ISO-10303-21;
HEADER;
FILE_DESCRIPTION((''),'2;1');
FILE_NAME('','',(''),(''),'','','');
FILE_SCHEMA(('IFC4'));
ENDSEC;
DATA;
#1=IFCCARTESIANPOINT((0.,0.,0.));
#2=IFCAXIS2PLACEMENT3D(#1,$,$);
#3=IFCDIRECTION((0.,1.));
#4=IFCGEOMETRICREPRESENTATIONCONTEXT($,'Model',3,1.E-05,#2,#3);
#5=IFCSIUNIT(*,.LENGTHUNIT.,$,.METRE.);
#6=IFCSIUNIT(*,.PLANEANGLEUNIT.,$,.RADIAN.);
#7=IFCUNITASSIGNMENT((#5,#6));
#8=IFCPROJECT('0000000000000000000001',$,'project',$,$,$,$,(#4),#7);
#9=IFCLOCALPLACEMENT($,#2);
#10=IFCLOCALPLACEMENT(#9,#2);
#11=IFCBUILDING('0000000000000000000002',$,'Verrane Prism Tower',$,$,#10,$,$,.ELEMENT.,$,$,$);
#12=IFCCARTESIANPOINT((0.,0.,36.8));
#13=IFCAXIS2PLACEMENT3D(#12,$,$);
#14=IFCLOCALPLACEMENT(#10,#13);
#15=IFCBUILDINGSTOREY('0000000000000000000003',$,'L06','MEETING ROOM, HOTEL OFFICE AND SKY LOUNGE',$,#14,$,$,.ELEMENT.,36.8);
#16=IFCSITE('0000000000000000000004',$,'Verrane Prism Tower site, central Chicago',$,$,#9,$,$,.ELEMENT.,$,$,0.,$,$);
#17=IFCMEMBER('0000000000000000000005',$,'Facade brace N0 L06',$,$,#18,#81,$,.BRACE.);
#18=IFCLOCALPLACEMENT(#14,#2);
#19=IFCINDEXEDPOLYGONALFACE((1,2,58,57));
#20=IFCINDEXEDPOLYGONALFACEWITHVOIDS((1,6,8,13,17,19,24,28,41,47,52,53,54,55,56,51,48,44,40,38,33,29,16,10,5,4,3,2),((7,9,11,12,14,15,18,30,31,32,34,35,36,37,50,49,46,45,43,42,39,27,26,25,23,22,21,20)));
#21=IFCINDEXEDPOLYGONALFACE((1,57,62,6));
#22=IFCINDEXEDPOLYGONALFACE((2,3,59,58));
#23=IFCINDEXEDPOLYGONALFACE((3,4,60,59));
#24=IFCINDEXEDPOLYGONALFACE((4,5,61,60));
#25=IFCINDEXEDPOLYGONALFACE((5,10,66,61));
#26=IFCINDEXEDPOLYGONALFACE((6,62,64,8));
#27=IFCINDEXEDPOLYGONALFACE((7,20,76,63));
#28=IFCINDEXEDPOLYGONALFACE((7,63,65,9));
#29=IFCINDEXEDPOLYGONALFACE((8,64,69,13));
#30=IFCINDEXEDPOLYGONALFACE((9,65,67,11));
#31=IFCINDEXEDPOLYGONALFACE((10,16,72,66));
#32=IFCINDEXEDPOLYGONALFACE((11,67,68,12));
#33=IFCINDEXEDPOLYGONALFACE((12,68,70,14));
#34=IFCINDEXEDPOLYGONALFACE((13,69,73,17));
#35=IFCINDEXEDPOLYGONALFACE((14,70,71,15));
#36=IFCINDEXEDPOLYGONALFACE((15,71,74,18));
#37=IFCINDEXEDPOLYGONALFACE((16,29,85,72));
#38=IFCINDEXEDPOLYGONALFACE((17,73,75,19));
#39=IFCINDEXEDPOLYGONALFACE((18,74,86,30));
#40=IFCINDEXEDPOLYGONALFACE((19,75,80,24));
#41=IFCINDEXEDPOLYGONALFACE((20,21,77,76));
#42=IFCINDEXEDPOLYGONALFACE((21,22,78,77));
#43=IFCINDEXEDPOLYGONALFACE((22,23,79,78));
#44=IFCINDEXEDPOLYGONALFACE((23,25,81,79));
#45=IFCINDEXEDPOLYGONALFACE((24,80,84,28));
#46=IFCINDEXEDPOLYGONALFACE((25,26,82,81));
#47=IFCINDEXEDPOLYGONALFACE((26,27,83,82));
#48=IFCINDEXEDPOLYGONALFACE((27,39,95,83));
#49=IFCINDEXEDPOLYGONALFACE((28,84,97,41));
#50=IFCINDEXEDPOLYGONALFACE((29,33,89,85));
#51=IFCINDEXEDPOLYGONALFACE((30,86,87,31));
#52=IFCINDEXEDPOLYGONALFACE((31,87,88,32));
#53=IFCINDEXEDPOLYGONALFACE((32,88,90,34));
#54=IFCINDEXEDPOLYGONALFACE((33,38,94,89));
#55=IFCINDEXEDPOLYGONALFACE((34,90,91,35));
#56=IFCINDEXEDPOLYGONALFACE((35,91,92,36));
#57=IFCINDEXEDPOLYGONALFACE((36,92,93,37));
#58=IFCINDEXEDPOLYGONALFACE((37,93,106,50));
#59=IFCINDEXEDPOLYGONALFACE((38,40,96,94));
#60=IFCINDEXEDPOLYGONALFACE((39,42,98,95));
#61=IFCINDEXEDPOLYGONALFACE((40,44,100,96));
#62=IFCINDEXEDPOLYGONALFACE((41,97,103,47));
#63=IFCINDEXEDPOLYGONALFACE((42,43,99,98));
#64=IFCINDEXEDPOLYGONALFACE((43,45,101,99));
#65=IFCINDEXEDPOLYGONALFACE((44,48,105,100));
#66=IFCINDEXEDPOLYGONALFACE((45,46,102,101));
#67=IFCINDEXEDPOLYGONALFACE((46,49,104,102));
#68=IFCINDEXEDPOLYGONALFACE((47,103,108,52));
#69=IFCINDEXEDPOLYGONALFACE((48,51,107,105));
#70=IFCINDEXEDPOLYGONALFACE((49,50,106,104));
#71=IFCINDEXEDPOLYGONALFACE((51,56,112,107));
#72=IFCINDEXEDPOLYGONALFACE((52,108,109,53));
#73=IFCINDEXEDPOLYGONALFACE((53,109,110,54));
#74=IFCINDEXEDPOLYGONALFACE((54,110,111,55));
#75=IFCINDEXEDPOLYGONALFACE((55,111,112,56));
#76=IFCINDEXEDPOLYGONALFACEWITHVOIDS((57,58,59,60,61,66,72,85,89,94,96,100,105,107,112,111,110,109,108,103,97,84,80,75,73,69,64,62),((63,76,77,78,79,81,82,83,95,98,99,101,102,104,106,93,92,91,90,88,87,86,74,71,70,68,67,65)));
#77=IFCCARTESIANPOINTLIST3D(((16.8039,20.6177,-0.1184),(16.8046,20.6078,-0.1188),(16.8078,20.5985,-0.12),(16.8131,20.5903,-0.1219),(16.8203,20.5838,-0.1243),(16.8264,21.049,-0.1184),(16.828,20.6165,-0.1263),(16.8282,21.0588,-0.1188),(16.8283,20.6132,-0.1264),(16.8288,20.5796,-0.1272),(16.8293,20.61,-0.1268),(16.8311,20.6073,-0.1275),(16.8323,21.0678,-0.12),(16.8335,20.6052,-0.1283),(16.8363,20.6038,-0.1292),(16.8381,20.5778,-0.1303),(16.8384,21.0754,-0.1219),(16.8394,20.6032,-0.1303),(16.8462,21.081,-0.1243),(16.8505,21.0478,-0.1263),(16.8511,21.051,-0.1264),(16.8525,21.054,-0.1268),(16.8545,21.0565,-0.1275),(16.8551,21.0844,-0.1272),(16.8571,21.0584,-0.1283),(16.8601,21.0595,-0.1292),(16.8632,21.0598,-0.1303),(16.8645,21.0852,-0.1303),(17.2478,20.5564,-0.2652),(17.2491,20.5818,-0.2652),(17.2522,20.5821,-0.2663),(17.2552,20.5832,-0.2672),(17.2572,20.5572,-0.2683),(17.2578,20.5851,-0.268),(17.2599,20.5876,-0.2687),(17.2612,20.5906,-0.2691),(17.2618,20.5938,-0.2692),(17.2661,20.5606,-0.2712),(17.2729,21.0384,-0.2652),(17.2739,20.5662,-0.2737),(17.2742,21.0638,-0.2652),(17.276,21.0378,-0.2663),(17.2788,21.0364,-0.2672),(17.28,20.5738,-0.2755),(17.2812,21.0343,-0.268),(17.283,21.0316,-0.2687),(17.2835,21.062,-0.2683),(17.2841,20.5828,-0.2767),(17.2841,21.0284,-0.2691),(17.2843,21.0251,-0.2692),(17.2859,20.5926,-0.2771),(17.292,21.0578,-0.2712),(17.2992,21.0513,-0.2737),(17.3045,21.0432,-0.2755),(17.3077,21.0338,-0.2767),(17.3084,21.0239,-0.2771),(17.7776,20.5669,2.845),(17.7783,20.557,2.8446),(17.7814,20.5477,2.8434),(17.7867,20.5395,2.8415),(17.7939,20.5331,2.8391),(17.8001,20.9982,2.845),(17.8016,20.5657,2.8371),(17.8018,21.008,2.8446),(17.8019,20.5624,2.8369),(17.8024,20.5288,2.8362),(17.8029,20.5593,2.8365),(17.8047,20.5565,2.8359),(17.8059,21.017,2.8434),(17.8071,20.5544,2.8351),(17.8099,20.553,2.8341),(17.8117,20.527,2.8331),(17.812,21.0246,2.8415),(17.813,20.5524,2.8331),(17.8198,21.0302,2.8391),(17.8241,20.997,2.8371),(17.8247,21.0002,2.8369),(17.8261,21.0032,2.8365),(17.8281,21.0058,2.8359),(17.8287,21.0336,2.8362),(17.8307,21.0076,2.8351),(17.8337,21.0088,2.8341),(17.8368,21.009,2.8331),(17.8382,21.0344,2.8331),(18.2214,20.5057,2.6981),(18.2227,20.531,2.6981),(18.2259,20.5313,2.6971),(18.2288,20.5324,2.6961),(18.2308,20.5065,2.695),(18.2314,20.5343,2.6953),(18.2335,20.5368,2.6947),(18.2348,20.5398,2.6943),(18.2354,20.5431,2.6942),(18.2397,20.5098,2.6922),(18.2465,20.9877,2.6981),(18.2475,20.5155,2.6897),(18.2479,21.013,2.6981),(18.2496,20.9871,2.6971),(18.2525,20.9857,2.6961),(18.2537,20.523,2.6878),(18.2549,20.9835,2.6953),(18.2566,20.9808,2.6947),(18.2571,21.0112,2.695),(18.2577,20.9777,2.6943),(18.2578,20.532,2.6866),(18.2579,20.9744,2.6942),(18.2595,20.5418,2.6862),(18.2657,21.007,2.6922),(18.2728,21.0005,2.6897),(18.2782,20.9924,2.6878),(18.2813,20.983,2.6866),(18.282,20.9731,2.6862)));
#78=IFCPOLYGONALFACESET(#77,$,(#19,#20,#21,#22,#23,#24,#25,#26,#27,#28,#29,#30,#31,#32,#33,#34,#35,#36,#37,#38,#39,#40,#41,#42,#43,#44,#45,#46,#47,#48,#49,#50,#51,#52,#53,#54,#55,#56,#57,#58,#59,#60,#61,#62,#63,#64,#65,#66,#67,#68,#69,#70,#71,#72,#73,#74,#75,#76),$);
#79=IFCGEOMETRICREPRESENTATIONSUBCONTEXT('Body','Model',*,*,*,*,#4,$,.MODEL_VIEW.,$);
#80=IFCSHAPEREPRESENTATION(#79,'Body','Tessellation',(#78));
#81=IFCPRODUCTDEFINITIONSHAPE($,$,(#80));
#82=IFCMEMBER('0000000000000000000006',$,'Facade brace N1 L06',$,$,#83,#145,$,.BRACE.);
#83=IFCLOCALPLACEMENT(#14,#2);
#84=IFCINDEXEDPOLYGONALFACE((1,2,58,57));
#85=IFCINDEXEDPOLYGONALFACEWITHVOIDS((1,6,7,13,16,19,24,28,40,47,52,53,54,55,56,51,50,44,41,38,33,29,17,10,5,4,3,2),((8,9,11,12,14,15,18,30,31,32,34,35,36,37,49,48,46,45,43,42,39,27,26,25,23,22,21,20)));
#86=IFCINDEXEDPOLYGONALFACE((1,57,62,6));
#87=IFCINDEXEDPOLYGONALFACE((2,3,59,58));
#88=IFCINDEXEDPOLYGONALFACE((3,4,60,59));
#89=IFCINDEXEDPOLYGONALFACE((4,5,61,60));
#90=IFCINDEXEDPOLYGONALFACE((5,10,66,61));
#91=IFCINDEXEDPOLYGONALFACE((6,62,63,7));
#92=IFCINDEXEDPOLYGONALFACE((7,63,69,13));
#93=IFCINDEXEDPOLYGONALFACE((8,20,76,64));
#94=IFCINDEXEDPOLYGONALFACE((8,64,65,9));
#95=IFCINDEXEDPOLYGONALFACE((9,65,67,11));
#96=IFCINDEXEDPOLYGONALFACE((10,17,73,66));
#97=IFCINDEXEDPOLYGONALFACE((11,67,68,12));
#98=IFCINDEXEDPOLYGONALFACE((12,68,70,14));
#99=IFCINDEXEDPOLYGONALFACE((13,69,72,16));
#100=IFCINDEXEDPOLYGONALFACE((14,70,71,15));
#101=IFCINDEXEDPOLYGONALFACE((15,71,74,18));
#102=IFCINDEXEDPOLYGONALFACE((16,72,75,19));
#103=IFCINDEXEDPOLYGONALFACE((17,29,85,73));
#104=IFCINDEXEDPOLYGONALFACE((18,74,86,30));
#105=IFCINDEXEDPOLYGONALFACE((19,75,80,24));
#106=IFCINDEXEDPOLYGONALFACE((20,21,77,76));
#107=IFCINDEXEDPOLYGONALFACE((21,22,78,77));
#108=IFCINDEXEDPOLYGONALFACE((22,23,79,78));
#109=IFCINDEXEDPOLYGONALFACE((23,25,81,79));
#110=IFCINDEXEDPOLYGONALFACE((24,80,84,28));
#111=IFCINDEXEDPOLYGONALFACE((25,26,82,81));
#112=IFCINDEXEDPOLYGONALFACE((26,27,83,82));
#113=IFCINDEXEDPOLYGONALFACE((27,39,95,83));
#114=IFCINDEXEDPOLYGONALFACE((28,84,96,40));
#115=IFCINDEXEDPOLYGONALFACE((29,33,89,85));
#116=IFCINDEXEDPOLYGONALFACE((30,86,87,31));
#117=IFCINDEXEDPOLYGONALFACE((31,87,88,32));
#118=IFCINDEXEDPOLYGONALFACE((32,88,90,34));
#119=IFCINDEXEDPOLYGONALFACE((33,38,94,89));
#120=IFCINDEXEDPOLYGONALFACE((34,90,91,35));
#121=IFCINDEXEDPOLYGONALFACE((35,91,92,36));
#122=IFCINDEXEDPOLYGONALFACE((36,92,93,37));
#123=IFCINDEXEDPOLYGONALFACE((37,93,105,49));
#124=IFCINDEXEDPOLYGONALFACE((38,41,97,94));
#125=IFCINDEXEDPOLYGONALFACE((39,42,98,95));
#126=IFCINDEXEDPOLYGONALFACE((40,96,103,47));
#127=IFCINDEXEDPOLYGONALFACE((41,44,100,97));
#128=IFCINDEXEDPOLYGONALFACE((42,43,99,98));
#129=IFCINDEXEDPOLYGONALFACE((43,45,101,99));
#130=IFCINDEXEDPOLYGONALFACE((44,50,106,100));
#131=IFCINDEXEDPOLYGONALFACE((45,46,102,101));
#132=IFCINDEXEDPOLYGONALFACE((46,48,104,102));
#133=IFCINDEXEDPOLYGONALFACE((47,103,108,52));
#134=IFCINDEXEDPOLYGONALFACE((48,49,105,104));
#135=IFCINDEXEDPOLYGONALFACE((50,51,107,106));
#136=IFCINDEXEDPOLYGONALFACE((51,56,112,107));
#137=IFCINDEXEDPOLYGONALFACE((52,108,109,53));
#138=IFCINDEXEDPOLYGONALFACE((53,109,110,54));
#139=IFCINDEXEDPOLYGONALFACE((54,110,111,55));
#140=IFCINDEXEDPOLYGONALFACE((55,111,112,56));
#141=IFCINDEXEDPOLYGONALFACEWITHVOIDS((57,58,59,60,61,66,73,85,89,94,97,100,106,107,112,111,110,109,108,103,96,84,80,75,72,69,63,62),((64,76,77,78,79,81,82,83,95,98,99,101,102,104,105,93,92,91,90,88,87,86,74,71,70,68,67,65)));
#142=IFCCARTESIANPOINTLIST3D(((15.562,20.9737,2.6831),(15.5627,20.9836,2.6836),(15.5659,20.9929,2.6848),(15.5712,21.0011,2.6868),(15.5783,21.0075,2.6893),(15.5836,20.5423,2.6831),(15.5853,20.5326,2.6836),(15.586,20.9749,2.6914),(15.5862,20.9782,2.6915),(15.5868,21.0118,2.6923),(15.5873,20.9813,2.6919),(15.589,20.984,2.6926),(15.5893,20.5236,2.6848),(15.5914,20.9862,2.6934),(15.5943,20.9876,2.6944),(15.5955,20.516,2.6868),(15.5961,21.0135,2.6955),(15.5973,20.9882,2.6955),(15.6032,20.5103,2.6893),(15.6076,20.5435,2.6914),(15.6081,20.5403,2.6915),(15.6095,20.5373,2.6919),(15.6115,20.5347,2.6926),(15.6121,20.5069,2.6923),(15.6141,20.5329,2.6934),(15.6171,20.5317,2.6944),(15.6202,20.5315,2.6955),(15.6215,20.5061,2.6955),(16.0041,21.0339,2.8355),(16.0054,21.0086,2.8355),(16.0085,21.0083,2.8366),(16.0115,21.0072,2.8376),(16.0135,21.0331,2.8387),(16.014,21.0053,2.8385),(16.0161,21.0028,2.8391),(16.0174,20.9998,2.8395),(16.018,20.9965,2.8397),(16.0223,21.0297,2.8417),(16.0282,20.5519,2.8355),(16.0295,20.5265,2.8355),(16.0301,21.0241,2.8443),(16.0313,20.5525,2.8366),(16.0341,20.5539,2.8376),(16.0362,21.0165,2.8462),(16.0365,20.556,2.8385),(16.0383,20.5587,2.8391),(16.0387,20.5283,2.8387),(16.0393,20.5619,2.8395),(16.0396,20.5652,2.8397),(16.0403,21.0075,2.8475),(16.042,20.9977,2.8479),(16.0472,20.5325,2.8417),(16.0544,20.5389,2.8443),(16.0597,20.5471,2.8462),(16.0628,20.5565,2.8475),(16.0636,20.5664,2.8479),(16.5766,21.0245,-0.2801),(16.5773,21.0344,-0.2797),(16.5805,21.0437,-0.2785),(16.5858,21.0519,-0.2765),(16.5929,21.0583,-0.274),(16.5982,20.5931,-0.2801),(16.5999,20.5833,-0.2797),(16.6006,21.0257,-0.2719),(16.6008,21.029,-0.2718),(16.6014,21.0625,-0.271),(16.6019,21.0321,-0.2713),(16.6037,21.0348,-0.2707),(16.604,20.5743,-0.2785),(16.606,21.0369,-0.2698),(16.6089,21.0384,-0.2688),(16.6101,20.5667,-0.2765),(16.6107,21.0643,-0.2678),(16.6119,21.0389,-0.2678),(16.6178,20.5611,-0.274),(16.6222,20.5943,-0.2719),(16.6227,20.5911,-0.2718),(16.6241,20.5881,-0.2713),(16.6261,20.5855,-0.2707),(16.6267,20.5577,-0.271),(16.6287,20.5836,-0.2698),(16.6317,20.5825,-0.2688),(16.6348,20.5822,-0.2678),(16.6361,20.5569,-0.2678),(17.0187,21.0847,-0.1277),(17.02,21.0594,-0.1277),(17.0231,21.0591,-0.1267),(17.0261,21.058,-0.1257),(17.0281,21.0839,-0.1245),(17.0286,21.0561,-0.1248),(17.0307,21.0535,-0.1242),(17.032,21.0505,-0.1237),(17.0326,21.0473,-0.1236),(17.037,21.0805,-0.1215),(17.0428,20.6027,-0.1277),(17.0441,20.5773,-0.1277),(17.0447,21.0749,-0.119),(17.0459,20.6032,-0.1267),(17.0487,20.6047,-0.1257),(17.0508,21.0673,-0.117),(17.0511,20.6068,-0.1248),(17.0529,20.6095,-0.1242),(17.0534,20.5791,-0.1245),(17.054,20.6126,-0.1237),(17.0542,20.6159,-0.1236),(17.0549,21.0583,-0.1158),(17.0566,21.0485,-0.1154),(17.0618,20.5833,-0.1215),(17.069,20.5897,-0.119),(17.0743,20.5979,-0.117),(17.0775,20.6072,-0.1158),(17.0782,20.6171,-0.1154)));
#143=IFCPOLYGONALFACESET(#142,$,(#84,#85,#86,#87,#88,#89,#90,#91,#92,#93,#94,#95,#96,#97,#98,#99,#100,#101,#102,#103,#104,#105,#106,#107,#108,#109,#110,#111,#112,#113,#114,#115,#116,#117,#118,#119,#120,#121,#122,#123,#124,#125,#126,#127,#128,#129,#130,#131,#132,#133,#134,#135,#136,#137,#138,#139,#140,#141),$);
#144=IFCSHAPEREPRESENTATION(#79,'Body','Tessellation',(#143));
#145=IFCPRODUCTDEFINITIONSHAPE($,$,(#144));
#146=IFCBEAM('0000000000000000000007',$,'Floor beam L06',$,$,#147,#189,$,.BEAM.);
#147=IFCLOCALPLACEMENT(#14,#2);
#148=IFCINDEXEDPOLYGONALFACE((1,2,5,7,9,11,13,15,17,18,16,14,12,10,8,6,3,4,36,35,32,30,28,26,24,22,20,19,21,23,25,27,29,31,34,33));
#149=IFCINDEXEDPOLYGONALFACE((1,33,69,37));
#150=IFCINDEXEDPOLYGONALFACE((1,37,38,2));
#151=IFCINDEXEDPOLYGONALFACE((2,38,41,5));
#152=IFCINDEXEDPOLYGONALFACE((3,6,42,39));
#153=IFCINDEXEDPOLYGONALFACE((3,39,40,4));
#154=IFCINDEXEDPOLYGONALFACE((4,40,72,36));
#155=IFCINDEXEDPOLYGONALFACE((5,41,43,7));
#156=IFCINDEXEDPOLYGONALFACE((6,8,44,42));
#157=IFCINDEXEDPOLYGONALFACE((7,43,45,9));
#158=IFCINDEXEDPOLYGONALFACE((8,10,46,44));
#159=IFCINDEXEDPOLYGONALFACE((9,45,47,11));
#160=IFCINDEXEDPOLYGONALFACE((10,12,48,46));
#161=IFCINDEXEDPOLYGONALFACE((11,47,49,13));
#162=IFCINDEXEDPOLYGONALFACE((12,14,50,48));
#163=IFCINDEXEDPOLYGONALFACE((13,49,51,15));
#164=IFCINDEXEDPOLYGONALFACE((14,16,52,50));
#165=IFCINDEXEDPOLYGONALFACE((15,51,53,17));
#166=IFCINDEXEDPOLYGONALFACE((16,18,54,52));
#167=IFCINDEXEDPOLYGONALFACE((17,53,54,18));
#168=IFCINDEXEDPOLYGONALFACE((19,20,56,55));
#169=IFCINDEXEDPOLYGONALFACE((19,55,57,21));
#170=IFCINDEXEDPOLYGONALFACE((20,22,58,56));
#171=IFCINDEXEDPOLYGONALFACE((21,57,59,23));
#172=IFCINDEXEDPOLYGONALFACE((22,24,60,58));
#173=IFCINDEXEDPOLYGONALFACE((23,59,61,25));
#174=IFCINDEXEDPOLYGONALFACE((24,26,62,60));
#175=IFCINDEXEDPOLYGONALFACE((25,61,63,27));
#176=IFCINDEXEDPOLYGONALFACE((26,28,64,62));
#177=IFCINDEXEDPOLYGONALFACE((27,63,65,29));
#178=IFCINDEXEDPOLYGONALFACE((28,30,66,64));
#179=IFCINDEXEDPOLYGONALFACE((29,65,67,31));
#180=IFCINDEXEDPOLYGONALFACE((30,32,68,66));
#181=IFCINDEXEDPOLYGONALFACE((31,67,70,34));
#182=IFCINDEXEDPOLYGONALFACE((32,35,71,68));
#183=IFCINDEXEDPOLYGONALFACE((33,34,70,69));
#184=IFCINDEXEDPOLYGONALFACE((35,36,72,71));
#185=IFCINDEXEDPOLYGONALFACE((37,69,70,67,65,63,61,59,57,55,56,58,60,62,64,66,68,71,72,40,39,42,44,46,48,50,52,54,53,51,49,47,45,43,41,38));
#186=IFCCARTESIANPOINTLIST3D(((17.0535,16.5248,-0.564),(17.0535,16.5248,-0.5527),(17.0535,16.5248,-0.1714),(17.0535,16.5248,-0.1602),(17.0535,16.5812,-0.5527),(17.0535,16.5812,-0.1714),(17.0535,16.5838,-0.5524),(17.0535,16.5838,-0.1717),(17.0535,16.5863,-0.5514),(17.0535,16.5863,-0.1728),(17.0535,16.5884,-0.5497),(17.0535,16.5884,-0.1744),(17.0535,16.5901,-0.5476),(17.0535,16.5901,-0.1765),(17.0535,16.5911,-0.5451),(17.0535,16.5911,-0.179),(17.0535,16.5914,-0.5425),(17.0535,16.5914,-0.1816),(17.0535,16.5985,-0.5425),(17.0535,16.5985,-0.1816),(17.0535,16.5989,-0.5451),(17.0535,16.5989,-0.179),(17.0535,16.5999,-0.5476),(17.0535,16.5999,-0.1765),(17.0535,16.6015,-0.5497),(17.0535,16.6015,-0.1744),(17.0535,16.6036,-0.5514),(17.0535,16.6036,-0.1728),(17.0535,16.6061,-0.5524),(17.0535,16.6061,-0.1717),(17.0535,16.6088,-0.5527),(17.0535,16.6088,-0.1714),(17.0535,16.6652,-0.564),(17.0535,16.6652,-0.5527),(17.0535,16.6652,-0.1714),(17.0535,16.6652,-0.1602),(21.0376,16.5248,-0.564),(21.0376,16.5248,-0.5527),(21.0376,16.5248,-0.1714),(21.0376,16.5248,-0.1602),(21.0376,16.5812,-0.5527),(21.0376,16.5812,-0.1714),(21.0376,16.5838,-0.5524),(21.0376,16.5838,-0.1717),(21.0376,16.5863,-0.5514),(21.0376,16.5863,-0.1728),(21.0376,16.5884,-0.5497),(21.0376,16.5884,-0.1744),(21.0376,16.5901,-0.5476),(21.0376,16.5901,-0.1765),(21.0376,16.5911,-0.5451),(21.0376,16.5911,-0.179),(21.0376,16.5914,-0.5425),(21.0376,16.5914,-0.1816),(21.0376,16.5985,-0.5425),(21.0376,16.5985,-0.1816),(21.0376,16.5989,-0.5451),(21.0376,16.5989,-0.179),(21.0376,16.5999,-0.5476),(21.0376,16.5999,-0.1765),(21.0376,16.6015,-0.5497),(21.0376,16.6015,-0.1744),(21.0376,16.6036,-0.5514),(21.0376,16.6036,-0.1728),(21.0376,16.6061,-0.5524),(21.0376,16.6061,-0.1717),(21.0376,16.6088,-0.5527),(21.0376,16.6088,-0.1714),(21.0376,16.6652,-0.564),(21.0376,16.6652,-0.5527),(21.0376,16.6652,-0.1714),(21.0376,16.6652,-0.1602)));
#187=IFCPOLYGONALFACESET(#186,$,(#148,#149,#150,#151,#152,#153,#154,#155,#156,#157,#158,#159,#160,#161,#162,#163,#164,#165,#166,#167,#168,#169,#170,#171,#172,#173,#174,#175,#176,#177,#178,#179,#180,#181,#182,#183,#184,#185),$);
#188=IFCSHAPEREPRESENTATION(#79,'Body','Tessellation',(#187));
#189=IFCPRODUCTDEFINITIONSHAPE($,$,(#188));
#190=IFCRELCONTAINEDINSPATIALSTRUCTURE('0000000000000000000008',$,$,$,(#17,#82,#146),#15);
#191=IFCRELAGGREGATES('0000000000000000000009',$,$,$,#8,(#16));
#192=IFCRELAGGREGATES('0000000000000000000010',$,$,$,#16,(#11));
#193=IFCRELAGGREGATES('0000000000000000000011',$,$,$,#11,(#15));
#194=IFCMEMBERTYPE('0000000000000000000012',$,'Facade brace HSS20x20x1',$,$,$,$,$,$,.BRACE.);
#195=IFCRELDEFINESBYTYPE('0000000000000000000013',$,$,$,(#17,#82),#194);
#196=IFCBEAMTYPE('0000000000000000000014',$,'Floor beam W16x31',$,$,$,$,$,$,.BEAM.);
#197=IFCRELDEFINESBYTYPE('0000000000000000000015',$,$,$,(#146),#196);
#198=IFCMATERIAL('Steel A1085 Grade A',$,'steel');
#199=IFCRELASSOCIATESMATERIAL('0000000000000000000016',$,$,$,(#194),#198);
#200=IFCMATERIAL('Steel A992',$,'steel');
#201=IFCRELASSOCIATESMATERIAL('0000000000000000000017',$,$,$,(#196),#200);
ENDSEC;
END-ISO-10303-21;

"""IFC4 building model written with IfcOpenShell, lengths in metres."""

from ifc_helpers import new_model, si_unit, direction, frame, origin, origin_2d, place, context, subcontext, project, spatial, hollow_rectangle, i_section, extrude, material, material_profile, profile_set, type_object, element, save


model = new_model("IFC4")

# Units and contexts
model_context = context("Model", 3, precision=1e-05, world=origin(), true_north=direction((0.0, 1.0)))
body_context = subcontext(model_context, "Body", "Model", "MODEL_VIEW")
ifc_project = project(units=[si_unit("LENGTHUNIT", "METRE"), si_unit("PLANEANGLEUNIT", "RADIAN")], contexts=[model_context])

# Site, building, storey
site_placement = place(None, origin())
site = spatial("IfcSite", under=ifc_project, at=site_placement, Name="Verrane Prism Tower site, central Chicago", CompositionType="ELEMENT", RefElevation=0.0)
building_placement = place(site_placement, origin())
building = spatial("IfcBuilding", under=site, at=building_placement, Name="Verrane Prism Tower", CompositionType="ELEMENT")
storey_placement = place(building_placement, frame((0.0, 0.0, 36.8)))
storey = spatial("IfcBuildingStorey", under=building, at=storey_placement, Name="L06", Description="MEETING ROOM, HOTEL OFFICE AND SKY LOUNGE", CompositionType="ELEMENT", Elevation=36.8)

# Members
ifc_material_1 = material(Name="Steel A1085 Grade A", Category="steel")
ifc_material_profile_1 = material_profile(ifc_material_1, hollow_rectangle(XDim=0.5081, YDim=0.5081, WallThickness=0.0254, InnerFilletRadius=0.0127, OuterFilletRadius=0.0381, at=origin_2d()), Name="HSS20x20x1")
ifc_profile_set_1 = profile_set([ifc_material_profile_1], Name="Steel A1085 Grade A")
member_type_1 = type_object("IfcMemberType", Name="Facade brace HSS20x20x1", PredefinedType="BRACE", material=ifc_profile_set_1)
member_1_placement = place(storey_placement, frame((17.0562, 20.8208, -0.1978), z_axis=(0.312098, -0.016278, 0.949911), x_axis=(0.052086, 0.998643, 0.0)))
element("IfcMember", 1, at=member_1_placement, inside=storey, type_object=member_type_1, Name="Facade brace N0 L06", PredefinedType="BRACE", context=body_context, shape_type="SweptSolid", body=[
    extrude(hollow_rectangle(XDim=0.5081, YDim=0.5081, WallThickness=0.0254, InnerFilletRadius=0.0127, OuterFilletRadius=0.0381, at=origin_2d()), origin(), (0.0, 0.0, 1.0), 3.1196),
])
member_2_placement = place(storey_placement, frame((16.8274, 20.8208, -0.1978), z_axis=(-0.323891, -0.01621, 0.945955), x_axis=(0.049986, -0.99875, 0.0)))
element("IfcMember", 2, at=member_2_placement, inside=storey, type_object=member_type_1, Name="Facade brace N1 L06", PredefinedType="BRACE", context=body_context, shape_type="SweptSolid", body=[
    extrude(hollow_rectangle(XDim=0.5081, YDim=0.5081, WallThickness=0.0254, InnerFilletRadius=0.0127, OuterFilletRadius=0.0381, at=origin_2d()), origin(), (0.0, 0.0, 1.0), 3.1326),
])

# Beam
ifc_material_2 = material(Name="Steel A992", Category="steel")
ifc_material_profile_2 = material_profile(ifc_material_2, i_section(OverallWidth=0.1404, OverallDepth=0.4038, WebThickness=0.0071, FlangeThickness=0.0112, FilletRadius=0.0103, at=origin_2d()), Name="W16x31")
ifc_profile_set_2 = profile_set([ifc_material_profile_2], Name="Steel A992")
beam_type_1 = type_object("IfcBeamType", Name="Floor beam W16x31", PredefinedType="BEAM", material=ifc_profile_set_2)
beam_1_placement = place(storey_placement, frame((17.0535, 16.595, -0.3621), z_axis=(1.0, 0.0, 0.0), x_axis=(0.0, 1.0, 0.0)))
element("IfcBeam", 3, at=beam_1_placement, inside=storey, type_object=beam_type_1, Name="Floor beam L06", PredefinedType="BEAM", context=body_context, shape_type="SweptSolid", body=[
    extrude(i_section(OverallWidth=0.1404, OverallDepth=0.4038, WebThickness=0.0071, FlangeThickness=0.0112, FilletRadius=0.0103, at=origin_2d()), origin(), (0.0, 0.0, 1.0), 3.9841),
])

save(model, "model.ifc")
